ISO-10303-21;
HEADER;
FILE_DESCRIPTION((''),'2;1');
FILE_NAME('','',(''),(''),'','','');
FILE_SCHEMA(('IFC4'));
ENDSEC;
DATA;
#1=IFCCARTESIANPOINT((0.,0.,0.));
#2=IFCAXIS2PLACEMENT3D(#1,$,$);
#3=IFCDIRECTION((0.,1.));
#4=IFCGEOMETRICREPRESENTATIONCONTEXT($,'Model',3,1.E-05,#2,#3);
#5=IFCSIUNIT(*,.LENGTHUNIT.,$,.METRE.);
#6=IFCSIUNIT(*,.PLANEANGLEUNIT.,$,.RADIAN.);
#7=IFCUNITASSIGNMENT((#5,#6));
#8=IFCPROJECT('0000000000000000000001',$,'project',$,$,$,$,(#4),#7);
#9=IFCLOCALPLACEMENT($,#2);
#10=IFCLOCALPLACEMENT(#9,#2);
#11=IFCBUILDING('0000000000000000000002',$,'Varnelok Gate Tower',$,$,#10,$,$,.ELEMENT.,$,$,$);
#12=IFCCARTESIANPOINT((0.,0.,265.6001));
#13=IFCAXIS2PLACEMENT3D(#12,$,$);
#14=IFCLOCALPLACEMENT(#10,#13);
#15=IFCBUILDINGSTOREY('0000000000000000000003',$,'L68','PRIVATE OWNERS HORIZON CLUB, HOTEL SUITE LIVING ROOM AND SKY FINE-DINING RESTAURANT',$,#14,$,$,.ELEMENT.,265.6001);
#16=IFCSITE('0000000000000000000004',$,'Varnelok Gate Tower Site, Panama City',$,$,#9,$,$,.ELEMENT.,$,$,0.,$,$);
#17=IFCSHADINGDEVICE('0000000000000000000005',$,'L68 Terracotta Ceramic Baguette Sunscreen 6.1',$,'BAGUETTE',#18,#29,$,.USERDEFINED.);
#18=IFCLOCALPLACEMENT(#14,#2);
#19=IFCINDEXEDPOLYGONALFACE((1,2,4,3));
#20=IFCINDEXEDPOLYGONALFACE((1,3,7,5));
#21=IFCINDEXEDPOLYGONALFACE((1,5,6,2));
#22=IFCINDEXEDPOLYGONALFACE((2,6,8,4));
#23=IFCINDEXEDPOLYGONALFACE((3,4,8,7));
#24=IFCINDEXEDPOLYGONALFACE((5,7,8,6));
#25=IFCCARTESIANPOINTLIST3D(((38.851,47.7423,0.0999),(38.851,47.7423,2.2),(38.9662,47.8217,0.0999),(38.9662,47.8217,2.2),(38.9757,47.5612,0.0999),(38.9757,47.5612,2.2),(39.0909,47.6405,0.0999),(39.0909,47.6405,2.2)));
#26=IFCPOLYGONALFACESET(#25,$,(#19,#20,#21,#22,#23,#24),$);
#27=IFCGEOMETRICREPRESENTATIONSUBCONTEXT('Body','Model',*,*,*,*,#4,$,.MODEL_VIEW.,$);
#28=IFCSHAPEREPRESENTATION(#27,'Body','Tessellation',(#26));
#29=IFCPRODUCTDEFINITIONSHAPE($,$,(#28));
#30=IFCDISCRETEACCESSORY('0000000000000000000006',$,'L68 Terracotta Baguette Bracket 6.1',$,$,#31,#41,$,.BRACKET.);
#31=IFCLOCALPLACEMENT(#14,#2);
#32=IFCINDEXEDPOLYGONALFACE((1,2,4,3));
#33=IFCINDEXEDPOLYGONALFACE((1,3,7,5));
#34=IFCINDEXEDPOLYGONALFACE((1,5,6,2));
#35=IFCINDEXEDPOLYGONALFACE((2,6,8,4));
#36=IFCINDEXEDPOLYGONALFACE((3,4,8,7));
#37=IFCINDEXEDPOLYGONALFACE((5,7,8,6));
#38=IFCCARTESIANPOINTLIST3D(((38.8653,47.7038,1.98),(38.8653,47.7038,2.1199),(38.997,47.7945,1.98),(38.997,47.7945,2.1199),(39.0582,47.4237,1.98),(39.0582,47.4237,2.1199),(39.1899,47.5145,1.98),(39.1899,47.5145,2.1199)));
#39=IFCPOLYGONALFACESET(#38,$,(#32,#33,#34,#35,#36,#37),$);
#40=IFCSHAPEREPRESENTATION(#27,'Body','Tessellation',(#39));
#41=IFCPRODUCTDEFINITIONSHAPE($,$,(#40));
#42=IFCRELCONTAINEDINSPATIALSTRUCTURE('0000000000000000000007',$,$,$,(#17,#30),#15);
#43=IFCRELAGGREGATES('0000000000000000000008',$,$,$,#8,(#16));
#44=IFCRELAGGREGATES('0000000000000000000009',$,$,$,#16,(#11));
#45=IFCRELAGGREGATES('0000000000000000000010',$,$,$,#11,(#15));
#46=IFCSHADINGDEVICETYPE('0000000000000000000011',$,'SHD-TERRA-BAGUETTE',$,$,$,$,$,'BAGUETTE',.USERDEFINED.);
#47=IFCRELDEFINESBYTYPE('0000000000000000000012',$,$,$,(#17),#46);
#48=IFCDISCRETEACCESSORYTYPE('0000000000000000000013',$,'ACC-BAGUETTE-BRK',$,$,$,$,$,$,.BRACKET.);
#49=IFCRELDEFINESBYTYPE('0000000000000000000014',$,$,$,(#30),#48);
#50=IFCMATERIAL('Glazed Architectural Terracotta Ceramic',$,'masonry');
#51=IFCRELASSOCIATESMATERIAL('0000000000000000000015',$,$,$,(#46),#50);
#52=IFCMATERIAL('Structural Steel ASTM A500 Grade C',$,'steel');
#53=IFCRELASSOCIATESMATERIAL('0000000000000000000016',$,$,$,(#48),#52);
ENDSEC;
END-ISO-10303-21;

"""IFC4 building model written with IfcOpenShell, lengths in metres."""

from ifc_helpers import new_model, si_unit, direction, frame, origin, origin_2d, place, context, subcontext, project, spatial, rectangle, extrude, source, transform, mapped, material, type_object, element, save


model = new_model("IFC4")

# Units and contexts
model_context = context("Model", 3, precision=1e-05, world=origin(), true_north=direction((0.0, 1.0)))
body_context = subcontext(model_context, "Body", "Model", "MODEL_VIEW")
ifc_project = project(units=[si_unit("LENGTHUNIT", "METRE"), si_unit("PLANEANGLEUNIT", "RADIAN")], contexts=[model_context])

# Site, building, storey
site_placement = place(None, origin())
site = spatial("IfcSite", under=ifc_project, at=site_placement, Name="Varnelok Gate Tower Site, Panama City", CompositionType="ELEMENT", RefElevation=0.0)
building_placement = place(site_placement, origin())
building = spatial("IfcBuilding", under=site, at=building_placement, Name="Varnelok Gate Tower", CompositionType="ELEMENT")
storey_placement = place(building_placement, frame((0.0, 0.0, 265.6001)))
storey = spatial("IfcBuildingStorey", under=building, at=storey_placement, Name="L68", Description="PRIVATE OWNERS HORIZON CLUB, HOTEL SUITE LIVING ROOM AND SKY FINE-DINING RESTAURANT", CompositionType="ELEMENT", Elevation=265.6001)

# Shading device
ifc_material_1 = material(Name="Glazed Architectural Terracotta Ceramic", Category="masonry")
shading_device_type = type_object("IfcShadingDeviceType", Name="SHD-TERRA-BAGUETTE", ElementType="BAGUETTE", PredefinedType="USERDEFINED", material=ifc_material_1)
shared_shape_1 = source(origin(), body_context, "Body", "SweptSolid", [
    extrude(rectangle(XDim=0.1399, YDim=0.22, at=origin_2d()), origin(), (0.0, 0.0, 1.0), 2.1001),
])
shading_device_placement = place(storey_placement, frame((38.9709, 47.6914, 0.0999), z_axis=(0.0, 0.0, 1.0), x_axis=(0.823533, 0.567269, 0.0)))
element("IfcShadingDevice", 1, at=shading_device_placement, inside=storey, type_object=shading_device_type, Name="L68 Terracotta Ceramic Baguette Sunscreen 6.1", ObjectType="BAGUETTE", PredefinedType="USERDEFINED", context=body_context, shape_type="MappedRepresentation", body=[
    mapped(shared_shape_1, transform((0.0, 0.0, 0.0), scale=1.0)),
])

# Discrete accessory
ifc_material_2 = material(Name="Structural Steel ASTM A500 Grade C", Category="steel")
discrete_accessory_type = type_object("IfcDiscreteAccessoryType", Name="ACC-BAGUETTE-BRK", PredefinedType="BRACKET", material=ifc_material_2)
shared_shape_2 = source(origin(), body_context, "Body", "SweptSolid", [
    extrude(rectangle(XDim=0.1599, YDim=0.3401, at=origin_2d()), origin(), (0.0, 0.0, 1.0), 0.1399),
])
discrete_accessory_placement = place(storey_placement, frame((39.0276, 47.6091, 1.98), z_axis=(0.0, 0.0, 1.0), x_axis=(0.823533, 0.567269, 0.0)))
element("IfcDiscreteAccessory", 2, at=discrete_accessory_placement, inside=storey, type_object=discrete_accessory_type, Name="L68 Terracotta Baguette Bracket 6.1", PredefinedType="BRACKET", context=body_context, shape_type="MappedRepresentation", body=[
    mapped(shared_shape_2, transform((0.0, 0.0, 0.0), scale=1.0)),
])

save(model, "model.ifc")
